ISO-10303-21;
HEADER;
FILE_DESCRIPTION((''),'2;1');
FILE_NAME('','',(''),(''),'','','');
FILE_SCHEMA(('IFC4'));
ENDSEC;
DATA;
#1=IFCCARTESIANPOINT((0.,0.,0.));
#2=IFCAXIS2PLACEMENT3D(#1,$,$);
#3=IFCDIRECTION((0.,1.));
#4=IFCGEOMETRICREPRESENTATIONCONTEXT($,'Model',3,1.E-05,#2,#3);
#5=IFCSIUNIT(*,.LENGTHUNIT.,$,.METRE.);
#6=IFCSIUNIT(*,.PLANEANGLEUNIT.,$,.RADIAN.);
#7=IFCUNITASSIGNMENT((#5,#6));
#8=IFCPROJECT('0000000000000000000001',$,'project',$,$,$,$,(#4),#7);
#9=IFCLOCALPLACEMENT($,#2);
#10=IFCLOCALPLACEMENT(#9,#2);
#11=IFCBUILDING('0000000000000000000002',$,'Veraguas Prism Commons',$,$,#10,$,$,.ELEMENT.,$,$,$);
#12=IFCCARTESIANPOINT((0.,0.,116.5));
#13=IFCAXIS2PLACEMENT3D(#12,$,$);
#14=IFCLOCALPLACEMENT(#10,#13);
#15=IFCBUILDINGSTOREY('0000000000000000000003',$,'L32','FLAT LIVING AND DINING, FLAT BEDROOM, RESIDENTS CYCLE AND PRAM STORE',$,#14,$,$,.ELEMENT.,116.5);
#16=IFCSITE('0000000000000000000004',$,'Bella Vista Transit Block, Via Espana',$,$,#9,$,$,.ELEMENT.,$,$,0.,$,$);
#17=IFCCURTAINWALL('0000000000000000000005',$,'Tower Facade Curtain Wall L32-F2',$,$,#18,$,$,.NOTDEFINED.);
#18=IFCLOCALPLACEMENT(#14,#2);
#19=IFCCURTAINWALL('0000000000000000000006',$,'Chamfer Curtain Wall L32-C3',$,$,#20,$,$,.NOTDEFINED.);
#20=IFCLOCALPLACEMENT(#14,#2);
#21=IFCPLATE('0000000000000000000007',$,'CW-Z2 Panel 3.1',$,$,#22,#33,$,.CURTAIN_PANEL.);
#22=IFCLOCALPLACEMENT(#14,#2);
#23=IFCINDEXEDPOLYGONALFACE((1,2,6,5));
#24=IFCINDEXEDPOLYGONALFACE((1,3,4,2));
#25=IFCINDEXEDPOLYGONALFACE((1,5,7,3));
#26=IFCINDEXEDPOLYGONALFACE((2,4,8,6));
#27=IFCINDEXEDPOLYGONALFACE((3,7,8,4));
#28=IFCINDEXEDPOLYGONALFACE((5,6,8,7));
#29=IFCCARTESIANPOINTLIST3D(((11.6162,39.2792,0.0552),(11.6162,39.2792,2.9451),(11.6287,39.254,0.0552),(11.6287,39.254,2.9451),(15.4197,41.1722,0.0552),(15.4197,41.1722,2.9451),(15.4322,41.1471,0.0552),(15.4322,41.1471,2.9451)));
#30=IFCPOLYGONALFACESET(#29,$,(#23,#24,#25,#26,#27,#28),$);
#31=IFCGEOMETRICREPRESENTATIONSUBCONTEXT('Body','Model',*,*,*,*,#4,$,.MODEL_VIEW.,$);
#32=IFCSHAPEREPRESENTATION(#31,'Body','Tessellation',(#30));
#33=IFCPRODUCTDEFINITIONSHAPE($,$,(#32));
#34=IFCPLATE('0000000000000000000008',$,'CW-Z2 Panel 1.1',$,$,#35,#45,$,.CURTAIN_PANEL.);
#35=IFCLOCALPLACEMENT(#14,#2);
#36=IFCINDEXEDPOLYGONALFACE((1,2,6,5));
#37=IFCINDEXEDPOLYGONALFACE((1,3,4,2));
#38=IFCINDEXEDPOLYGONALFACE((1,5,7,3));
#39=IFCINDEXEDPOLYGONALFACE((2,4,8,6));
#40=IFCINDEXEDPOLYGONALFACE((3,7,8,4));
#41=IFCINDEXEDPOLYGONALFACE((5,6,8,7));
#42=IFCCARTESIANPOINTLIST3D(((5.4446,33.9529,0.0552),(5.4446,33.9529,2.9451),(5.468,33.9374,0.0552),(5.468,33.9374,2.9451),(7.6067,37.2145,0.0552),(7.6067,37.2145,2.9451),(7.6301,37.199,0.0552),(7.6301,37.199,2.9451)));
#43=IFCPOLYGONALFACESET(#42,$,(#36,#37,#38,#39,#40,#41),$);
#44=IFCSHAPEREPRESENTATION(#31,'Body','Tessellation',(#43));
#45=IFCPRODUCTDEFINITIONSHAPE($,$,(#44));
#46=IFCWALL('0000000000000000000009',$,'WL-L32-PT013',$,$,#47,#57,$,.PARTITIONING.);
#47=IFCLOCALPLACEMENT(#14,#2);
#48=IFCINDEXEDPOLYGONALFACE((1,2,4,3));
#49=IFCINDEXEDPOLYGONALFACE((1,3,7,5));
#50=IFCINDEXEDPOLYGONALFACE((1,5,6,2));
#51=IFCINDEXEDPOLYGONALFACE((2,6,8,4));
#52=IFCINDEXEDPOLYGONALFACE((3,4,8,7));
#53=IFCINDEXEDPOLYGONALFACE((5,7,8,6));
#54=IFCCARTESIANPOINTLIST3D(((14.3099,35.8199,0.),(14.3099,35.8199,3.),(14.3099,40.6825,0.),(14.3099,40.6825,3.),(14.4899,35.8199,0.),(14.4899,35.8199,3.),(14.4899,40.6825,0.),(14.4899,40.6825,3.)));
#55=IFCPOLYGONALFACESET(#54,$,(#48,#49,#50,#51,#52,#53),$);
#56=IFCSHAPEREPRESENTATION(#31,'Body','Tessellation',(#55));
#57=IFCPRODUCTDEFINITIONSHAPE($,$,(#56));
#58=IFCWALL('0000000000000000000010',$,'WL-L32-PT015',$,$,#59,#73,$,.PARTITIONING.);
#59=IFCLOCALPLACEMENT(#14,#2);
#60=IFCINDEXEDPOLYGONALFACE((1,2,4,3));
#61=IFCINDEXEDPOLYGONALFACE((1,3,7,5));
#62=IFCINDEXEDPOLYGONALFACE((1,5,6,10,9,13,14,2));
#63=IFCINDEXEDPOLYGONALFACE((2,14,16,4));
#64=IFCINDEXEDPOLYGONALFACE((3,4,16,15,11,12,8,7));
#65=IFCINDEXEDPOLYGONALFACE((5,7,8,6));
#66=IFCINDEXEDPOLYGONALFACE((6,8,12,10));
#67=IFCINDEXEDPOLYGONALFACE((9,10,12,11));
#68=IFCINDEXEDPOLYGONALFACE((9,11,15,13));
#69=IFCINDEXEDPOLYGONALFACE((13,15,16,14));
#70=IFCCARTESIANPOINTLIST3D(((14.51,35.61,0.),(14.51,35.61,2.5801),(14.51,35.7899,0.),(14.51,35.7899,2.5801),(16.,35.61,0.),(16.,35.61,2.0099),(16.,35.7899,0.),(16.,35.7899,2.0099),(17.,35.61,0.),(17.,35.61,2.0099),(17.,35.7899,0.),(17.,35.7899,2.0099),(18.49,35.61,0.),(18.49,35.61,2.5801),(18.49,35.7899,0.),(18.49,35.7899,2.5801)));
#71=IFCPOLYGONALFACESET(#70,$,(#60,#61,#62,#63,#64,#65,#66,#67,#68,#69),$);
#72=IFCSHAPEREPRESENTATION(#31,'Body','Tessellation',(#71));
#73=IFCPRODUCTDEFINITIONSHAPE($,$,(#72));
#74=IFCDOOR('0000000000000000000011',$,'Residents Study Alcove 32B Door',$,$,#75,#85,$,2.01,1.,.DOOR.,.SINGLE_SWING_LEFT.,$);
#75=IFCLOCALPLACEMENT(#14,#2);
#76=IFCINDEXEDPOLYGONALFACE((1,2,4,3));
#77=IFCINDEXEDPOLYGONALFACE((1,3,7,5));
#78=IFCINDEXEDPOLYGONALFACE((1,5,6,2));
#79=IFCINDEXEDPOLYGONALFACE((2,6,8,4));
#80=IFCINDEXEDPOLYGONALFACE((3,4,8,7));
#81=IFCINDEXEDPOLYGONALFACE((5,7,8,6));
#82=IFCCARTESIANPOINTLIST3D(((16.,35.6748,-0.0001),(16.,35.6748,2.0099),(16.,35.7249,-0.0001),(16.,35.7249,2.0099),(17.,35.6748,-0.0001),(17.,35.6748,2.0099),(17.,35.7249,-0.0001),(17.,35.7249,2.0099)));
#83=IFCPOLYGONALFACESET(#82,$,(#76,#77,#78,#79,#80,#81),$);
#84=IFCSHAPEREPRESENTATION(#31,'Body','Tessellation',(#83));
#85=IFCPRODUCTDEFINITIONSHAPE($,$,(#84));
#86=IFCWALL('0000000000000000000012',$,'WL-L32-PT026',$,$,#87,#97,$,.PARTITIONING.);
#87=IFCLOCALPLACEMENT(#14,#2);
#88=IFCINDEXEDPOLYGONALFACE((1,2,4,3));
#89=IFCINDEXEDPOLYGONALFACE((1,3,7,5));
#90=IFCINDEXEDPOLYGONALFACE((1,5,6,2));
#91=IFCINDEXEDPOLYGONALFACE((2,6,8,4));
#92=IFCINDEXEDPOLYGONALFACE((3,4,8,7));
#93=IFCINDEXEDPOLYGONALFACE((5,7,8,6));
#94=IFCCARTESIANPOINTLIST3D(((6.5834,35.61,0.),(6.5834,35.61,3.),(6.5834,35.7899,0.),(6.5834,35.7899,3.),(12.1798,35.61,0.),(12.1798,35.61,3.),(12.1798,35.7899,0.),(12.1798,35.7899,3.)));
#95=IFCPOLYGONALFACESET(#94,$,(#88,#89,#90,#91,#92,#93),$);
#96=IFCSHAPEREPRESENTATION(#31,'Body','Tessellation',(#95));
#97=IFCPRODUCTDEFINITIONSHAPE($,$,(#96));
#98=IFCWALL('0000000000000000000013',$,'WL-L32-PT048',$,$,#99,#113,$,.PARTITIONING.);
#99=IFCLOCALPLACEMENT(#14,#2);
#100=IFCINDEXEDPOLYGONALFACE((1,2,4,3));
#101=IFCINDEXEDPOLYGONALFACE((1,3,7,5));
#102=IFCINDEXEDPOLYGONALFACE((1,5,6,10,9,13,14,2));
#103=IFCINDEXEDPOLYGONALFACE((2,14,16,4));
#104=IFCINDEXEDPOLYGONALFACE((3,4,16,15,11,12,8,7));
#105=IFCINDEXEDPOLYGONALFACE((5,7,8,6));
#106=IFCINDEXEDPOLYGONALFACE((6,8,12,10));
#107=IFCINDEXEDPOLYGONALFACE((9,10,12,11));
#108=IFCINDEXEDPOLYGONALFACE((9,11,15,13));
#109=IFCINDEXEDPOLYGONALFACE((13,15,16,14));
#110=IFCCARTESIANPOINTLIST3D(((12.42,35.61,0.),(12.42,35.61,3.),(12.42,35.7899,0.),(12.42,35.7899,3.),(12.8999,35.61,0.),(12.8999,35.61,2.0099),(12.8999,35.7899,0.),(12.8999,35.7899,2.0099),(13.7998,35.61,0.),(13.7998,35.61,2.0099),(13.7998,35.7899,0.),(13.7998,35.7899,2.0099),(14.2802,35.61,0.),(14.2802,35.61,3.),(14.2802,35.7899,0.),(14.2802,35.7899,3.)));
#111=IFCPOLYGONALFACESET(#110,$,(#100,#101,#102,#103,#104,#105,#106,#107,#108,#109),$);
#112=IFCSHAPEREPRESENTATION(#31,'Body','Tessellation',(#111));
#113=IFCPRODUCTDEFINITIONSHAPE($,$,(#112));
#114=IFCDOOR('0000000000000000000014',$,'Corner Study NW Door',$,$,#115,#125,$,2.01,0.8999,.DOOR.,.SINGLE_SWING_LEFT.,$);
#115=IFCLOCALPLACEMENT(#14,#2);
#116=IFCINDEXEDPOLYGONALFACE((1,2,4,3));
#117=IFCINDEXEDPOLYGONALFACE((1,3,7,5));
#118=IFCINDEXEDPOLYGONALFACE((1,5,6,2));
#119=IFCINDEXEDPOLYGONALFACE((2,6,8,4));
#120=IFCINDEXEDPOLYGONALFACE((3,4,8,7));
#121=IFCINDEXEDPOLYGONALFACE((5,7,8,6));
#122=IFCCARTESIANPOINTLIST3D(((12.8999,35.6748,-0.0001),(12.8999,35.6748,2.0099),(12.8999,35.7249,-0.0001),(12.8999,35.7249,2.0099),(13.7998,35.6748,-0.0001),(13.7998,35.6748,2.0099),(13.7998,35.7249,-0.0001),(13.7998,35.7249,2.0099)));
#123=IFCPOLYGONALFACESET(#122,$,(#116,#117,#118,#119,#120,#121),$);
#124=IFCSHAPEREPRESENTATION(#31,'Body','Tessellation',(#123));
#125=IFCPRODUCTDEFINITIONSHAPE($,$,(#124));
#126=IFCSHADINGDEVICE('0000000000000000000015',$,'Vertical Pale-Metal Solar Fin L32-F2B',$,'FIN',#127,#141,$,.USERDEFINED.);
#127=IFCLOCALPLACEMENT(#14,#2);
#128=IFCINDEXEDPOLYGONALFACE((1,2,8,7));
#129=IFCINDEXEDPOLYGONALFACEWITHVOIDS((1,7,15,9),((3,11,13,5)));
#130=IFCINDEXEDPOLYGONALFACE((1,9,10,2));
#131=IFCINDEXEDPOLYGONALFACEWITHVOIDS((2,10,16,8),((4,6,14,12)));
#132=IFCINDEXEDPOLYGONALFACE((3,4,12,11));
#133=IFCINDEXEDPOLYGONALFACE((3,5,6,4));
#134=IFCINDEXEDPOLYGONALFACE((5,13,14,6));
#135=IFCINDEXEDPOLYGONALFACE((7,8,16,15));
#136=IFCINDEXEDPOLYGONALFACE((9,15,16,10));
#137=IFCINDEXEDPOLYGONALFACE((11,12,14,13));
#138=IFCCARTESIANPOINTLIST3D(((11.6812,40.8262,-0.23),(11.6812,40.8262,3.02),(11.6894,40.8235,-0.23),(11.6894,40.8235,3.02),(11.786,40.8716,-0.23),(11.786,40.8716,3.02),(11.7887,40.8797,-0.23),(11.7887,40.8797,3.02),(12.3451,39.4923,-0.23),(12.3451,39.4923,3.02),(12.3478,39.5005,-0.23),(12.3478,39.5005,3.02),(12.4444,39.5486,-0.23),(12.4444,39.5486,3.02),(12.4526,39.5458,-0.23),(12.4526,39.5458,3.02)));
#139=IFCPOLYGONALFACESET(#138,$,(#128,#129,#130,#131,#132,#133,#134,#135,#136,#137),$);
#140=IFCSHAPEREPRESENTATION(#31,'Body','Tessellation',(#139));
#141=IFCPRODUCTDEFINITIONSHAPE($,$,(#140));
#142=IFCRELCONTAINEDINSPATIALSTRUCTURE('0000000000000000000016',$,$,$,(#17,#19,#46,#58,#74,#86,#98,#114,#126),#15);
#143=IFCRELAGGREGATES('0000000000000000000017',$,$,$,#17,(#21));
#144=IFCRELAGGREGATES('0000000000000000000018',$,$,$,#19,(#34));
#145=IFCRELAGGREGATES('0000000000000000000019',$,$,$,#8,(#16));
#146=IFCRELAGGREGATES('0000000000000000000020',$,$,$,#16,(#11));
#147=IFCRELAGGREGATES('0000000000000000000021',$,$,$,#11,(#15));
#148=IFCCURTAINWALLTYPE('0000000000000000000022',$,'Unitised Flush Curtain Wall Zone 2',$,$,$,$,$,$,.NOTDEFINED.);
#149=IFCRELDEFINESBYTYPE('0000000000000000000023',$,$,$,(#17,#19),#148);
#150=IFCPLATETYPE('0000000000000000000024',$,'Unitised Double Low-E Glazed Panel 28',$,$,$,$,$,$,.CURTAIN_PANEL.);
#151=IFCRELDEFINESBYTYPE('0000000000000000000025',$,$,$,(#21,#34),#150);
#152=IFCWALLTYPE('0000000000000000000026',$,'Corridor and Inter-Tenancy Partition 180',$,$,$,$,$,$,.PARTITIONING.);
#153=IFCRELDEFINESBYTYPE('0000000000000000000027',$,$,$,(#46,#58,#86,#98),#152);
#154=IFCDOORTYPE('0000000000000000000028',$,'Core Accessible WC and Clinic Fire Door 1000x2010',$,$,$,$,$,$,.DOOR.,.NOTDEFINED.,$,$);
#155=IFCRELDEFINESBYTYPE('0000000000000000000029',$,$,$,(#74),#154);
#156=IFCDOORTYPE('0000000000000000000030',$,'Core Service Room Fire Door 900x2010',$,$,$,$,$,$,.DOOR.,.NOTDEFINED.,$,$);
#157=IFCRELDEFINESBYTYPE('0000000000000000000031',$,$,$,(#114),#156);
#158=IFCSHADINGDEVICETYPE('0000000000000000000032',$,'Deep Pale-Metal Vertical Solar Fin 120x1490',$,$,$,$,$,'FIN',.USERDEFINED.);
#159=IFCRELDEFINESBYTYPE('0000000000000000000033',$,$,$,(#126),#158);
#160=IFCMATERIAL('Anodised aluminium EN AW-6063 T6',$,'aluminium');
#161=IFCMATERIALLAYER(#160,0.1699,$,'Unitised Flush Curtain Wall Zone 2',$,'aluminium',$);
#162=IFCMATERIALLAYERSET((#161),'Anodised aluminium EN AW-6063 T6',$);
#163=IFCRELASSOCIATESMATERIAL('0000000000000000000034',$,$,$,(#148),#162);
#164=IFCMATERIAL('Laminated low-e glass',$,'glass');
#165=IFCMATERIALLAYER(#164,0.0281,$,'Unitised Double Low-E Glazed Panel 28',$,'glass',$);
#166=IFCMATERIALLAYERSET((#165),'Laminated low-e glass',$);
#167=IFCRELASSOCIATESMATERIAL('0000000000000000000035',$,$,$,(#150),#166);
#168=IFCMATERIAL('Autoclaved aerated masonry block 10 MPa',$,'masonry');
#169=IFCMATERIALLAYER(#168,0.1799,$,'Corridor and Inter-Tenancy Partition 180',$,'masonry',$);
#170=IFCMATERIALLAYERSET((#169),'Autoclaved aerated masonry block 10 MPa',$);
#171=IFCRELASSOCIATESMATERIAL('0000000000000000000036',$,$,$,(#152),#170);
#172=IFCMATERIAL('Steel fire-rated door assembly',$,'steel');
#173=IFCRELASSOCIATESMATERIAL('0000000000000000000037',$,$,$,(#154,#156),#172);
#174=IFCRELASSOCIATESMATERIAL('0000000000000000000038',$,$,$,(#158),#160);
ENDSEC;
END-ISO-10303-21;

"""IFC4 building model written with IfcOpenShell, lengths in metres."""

from ifc_helpers import new_model, si_unit, direction, frame, frame_2d, origin, origin_2d, place, context, subcontext, project, spatial, rectangle, hollow_rectangle, extrude, source, transform, mapped, material, layer, layer_set, material_profile, profile_set, type_object, element, fill, aggregate, save


model = new_model("IFC4")

# Units and contexts
model_context = context("Model", 3, precision=1e-05, world=origin(), true_north=direction((0.0, 1.0)))
body_context = subcontext(model_context, "Body", "Model", "MODEL_VIEW")
ifc_project = project(units=[si_unit("LENGTHUNIT", "METRE"), si_unit("PLANEANGLEUNIT", "RADIAN")], contexts=[model_context])

# Site, building, storey
site_placement = place(None, origin())
site = spatial("IfcSite", under=ifc_project, at=site_placement, Name="Bella Vista Transit Block, Via Espana", CompositionType="ELEMENT", RefElevation=0.0)
building_placement = place(site_placement, origin())
building = spatial("IfcBuilding", under=site, at=building_placement, Name="Veraguas Prism Commons", CompositionType="ELEMENT")
storey_placement = place(building_placement, frame((0.0, 0.0, 116.5)))
storey = spatial("IfcBuildingStorey", under=building, at=storey_placement, Name="L32", Description="FLAT LIVING AND DINING, FLAT BEDROOM, RESIDENTS CYCLE AND PRAM STORE", CompositionType="ELEMENT", Elevation=116.5)

# Curtain wall
ifc_material_1 = material(Name="Anodised aluminium EN AW-6063 T6", Category="aluminium")
ifc_layer_1 = layer(ifc_material_1, 0.1699, Name="Unitised Flush Curtain Wall Zone 2", Category="aluminium")
ifc_layer_set_1 = layer_set([ifc_layer_1], Name="Anodised aluminium EN AW-6063 T6")
curtain_wall_type = type_object("IfcCurtainWallType", Name="Unitised Flush Curtain Wall Zone 2", PredefinedType="NOTDEFINED", material=ifc_layer_set_1)
curtain_wall_1_placement = place(storey_placement, origin())
curtain_wall_1 = element("IfcCurtainWall", 1, at=curtain_wall_1_placement, inside=storey, type_object=curtain_wall_type, Name="Tower Facade Curtain Wall L32-F2", PredefinedType="NOTDEFINED")

# Curtain wall
curtain_wall_2_placement = place(storey_placement, origin())
curtain_wall_2 = element("IfcCurtainWall", 2, at=curtain_wall_2_placement, inside=storey, type_object=curtain_wall_type, Name="Chamfer Curtain Wall L32-C3", PredefinedType="NOTDEFINED")

# Plates
ifc_material_2 = material(Name="Laminated low-e glass", Category="glass")
ifc_layer_2 = layer(ifc_material_2, 0.0281, Name="Unitised Double Low-E Glazed Panel 28", Category="glass")
ifc_layer_set_2 = layer_set([ifc_layer_2], Name="Laminated low-e glass")
plate_type = type_object("IfcPlateType", Name="Unitised Double Low-E Glazed Panel 28", PredefinedType="CURTAIN_PANEL", material=ifc_layer_set_2)
shared_shape_1 = source(origin(), body_context, "Body", "SweptSolid", [
    extrude(rectangle(XDim=4.2485, YDim=0.0281, at=origin_2d()), origin(), (0.0, 0.0, 1.0), 2.8899),
])
plate_1_placement = place(storey_placement, frame((13.5242, 40.2131, 0.0552), z_axis=(0.0, 0.0, 1.0), x_axis=(-0.895245, -0.445574, 0.0)))
plate_1 = element("IfcPlate", 3, at=plate_1_placement, type_object=plate_type, Name="CW-Z2 Panel 3.1", PredefinedType="CURTAIN_PANEL", context=body_context, shape_type="MappedRepresentation", body=[
    mapped(shared_shape_1, transform((0.0, 0.0, 0.0), scale=1.0)),
])
aggregate(curtain_wall_1, [plate_1])
shared_shape_2 = source(origin(), body_context, "Body", "SweptSolid", [
    extrude(rectangle(XDim=3.9131, YDim=0.0281, at=origin_2d()), origin(), (0.0, 0.0, 1.0), 2.8899),
])
plate_2_placement = place(storey_placement, frame((6.5374, 35.5759, 0.0552), z_axis=(0.0, 0.0, 1.0), x_axis=(-0.552507, -0.833508, 0.0)))
plate_2 = element("IfcPlate", 4, at=plate_2_placement, type_object=plate_type, Name="CW-Z2 Panel 1.1", PredefinedType="CURTAIN_PANEL", context=body_context, shape_type="MappedRepresentation", body=[
    mapped(shared_shape_2, transform((0.0, 0.0, 0.0), scale=1.0)),
])
aggregate(curtain_wall_2, [plate_2])

# Wall
ifc_material_3 = material(Name="Autoclaved aerated masonry block 10 MPa", Category="masonry")
ifc_layer_3 = layer(ifc_material_3, 0.1799, Name="Corridor and Inter-Tenancy Partition 180", Category="masonry")
ifc_layer_set_3 = layer_set([ifc_layer_3], Name="Autoclaved aerated masonry block 10 MPa")
wall_type = type_object("IfcWallType", Name="Corridor and Inter-Tenancy Partition 180", PredefinedType="PARTITIONING", material=ifc_layer_set_3)
wall_1_placement = place(storey_placement, frame((14.3999, 35.8201, 0.0), z_axis=(0.0, 0.0, 1.0), x_axis=(0.0, 1.0, 0.0)))
element("IfcWall", 5, at=wall_1_placement, inside=storey, type_object=wall_type, Name="WL-L32-PT013", PredefinedType="PARTITIONING", context=body_context, shape_type="SweptSolid", body=[
    extrude(rectangle(XDim=4.8625, YDim=0.1799, at=frame_2d((2.4312, 0.0))), origin(), (0.0, 0.0, 1.0), 3.0),
])

# Wall, opening, door
wall_2_placement = place(storey_placement, frame((14.51, 35.7, 0.0), z_axis=(0.0, 0.0, 1.0), x_axis=(1.0, 0.0, 0.0)))
wall_2 = element("IfcWall", 6, at=wall_2_placement, inside=storey, type_object=wall_type, Name="WL-L32-PT015", PredefinedType="PARTITIONING", context=body_context, shape_type="SweptSolid", body=[
    extrude(rectangle(XDim=3.98, YDim=0.1799, at=frame_2d((1.99, 0.0))), origin(), (0.0, 0.0, 1.0), 2.5801),
])
opening_1_placement = place(wall_2_placement, frame((1.49, 0.0, 0.0)))
opening_1 = element("IfcOpeningElement", 7, at=opening_1_placement, cuts=wall_2, PredefinedType="OPENING", context=body_context, shape_type="SweptSolid", body=[
    extrude(rectangle(XDim=1.0, YDim=2.01, at=frame_2d((0.5, 1.0049))), frame((0.0, 0.0999, 0.0), z_axis=(0.0, -1.0, 0.0), x_axis=(1.0, 0.0, 0.0)), (0.0, 0.0, 1.0), 0.2),
])
ifc_material_4 = material(Name="Steel fire-rated door assembly", Category="steel")
door_type_1 = type_object("IfcDoorType", Name="Core Accessible WC and Clinic Fire Door 1000x2010", OperationType="NOTDEFINED", PredefinedType="DOOR", material=ifc_material_4)
shared_shape_3 = source(origin(), body_context, "Body", "SweptSolid", [
    extrude(rectangle(XDim=1.0, YDim=2.01, at=frame_2d((0.5, 1.0049))), frame((0.0, 0.0249, 0.0), z_axis=(0.0, -1.0, 0.0), x_axis=(1.0, 0.0, 0.0)), (0.0, 0.0, 1.0), 0.05),
])
door_1_placement = place(opening_1_placement, origin())
door_1 = element("IfcDoor", 8, at=door_1_placement, inside=storey, type_object=door_type_1, Name="Residents Study Alcove 32B Door", OperationType="SINGLE_SWING_LEFT", OverallHeight=2.01, OverallWidth=1.0, PredefinedType="DOOR", context=body_context, shape_type="MappedRepresentation", body=[
    mapped(shared_shape_3, transform((0.0, 0.0, 0.0), scale=1.0)),
])
fill(opening_1, door_1)

# Wall
wall_3_placement = place(storey_placement, frame((12.1799, 35.7, 0.0), z_axis=(0.0, 0.0, 1.0), x_axis=(-1.0, 0.0, 0.0)))
element("IfcWall", 9, at=wall_3_placement, inside=storey, type_object=wall_type, Name="WL-L32-PT026", PredefinedType="PARTITIONING", context=body_context, shape_type="SweptSolid", body=[
    extrude(rectangle(XDim=5.5964, YDim=0.1799, at=frame_2d((2.7983, 0.0))), origin(), (0.0, 0.0, 1.0), 3.0),
])

# Wall, opening, door
wall_4_placement = place(storey_placement, frame((12.4199, 35.7, 0.0), z_axis=(0.0, 0.0, 1.0), x_axis=(1.0, 0.0, 0.0)))
wall_4 = element("IfcWall", 10, at=wall_4_placement, inside=storey, type_object=wall_type, Name="WL-L32-PT048", PredefinedType="PARTITIONING", context=body_context, shape_type="SweptSolid", body=[
    extrude(rectangle(XDim=1.8601, YDim=0.1799, at=frame_2d((0.9302, 0.0))), origin(), (0.0, 0.0, 1.0), 3.0),
])
opening_2_placement = place(wall_4_placement, frame((0.48, 0.0, 0.0)))
opening_2 = element("IfcOpeningElement", 11, at=opening_2_placement, cuts=wall_4, PredefinedType="OPENING", context=body_context, shape_type="SweptSolid", body=[
    extrude(rectangle(XDim=0.8999, YDim=2.01, at=frame_2d((0.45, 1.0049))), frame((0.0, 0.0999, 0.0), z_axis=(0.0, -1.0, 0.0), x_axis=(1.0, 0.0, 0.0)), (0.0, 0.0, 1.0), 0.2),
])
door_type_2 = type_object("IfcDoorType", Name="Core Service Room Fire Door 900x2010", OperationType="NOTDEFINED", PredefinedType="DOOR", material=ifc_material_4)
shared_shape_4 = source(origin(), body_context, "Body", "SweptSolid", [
    extrude(rectangle(XDim=0.8999, YDim=2.01, at=frame_2d((0.45, 1.0049))), frame((0.0, 0.0249, 0.0), z_axis=(0.0, -1.0, 0.0), x_axis=(1.0, 0.0, 0.0)), (0.0, 0.0, 1.0), 0.05),
])
door_2_placement = place(opening_2_placement, origin())
door_2 = element("IfcDoor", 12, at=door_2_placement, inside=storey, type_object=door_type_2, Name="Corner Study NW Door", OperationType="SINGLE_SWING_LEFT", OverallHeight=2.01, OverallWidth=0.8999, PredefinedType="DOOR", context=body_context, shape_type="MappedRepresentation", body=[
    mapped(shared_shape_4, transform((0.0, 0.0, 0.0), scale=1.0)),
])
fill(opening_2, door_2)

# Shading device
ifc_material_profile_1 = material_profile(ifc_material_1, hollow_rectangle(XDim=0.1201, YDim=1.49, WallThickness=0.0061, at=origin_2d()), Name="FIN120X1490X6")
ifc_profile_set_1 = profile_set([ifc_material_profile_1], Name="Anodised aluminium EN AW-6063 T6")
shading_device_type = type_object("IfcShadingDeviceType", Name="Deep Pale-Metal Vertical Solar Fin 120x1490", ElementType="FIN", PredefinedType="USERDEFINED", material=ifc_profile_set_1)
shading_device_placement = place(storey_placement, frame((12.0669, 40.186, -0.23), z_axis=(0.0, 0.0, 1.0), x_axis=(-0.895246, -0.445571, 0.0)))
element("IfcShadingDevice", 13, at=shading_device_placement, inside=storey, type_object=shading_device_type, Name="Vertical Pale-Metal Solar Fin L32-F2B", ObjectType="FIN", PredefinedType="USERDEFINED", context=body_context, shape_type="SweptSolid", body=[
    extrude(hollow_rectangle(XDim=0.1201, YDim=1.49, WallThickness=0.0061, at=origin_2d()), origin(), (0.0, 0.0, 1.0), 3.25),
])

save(model, "model.ifc")
